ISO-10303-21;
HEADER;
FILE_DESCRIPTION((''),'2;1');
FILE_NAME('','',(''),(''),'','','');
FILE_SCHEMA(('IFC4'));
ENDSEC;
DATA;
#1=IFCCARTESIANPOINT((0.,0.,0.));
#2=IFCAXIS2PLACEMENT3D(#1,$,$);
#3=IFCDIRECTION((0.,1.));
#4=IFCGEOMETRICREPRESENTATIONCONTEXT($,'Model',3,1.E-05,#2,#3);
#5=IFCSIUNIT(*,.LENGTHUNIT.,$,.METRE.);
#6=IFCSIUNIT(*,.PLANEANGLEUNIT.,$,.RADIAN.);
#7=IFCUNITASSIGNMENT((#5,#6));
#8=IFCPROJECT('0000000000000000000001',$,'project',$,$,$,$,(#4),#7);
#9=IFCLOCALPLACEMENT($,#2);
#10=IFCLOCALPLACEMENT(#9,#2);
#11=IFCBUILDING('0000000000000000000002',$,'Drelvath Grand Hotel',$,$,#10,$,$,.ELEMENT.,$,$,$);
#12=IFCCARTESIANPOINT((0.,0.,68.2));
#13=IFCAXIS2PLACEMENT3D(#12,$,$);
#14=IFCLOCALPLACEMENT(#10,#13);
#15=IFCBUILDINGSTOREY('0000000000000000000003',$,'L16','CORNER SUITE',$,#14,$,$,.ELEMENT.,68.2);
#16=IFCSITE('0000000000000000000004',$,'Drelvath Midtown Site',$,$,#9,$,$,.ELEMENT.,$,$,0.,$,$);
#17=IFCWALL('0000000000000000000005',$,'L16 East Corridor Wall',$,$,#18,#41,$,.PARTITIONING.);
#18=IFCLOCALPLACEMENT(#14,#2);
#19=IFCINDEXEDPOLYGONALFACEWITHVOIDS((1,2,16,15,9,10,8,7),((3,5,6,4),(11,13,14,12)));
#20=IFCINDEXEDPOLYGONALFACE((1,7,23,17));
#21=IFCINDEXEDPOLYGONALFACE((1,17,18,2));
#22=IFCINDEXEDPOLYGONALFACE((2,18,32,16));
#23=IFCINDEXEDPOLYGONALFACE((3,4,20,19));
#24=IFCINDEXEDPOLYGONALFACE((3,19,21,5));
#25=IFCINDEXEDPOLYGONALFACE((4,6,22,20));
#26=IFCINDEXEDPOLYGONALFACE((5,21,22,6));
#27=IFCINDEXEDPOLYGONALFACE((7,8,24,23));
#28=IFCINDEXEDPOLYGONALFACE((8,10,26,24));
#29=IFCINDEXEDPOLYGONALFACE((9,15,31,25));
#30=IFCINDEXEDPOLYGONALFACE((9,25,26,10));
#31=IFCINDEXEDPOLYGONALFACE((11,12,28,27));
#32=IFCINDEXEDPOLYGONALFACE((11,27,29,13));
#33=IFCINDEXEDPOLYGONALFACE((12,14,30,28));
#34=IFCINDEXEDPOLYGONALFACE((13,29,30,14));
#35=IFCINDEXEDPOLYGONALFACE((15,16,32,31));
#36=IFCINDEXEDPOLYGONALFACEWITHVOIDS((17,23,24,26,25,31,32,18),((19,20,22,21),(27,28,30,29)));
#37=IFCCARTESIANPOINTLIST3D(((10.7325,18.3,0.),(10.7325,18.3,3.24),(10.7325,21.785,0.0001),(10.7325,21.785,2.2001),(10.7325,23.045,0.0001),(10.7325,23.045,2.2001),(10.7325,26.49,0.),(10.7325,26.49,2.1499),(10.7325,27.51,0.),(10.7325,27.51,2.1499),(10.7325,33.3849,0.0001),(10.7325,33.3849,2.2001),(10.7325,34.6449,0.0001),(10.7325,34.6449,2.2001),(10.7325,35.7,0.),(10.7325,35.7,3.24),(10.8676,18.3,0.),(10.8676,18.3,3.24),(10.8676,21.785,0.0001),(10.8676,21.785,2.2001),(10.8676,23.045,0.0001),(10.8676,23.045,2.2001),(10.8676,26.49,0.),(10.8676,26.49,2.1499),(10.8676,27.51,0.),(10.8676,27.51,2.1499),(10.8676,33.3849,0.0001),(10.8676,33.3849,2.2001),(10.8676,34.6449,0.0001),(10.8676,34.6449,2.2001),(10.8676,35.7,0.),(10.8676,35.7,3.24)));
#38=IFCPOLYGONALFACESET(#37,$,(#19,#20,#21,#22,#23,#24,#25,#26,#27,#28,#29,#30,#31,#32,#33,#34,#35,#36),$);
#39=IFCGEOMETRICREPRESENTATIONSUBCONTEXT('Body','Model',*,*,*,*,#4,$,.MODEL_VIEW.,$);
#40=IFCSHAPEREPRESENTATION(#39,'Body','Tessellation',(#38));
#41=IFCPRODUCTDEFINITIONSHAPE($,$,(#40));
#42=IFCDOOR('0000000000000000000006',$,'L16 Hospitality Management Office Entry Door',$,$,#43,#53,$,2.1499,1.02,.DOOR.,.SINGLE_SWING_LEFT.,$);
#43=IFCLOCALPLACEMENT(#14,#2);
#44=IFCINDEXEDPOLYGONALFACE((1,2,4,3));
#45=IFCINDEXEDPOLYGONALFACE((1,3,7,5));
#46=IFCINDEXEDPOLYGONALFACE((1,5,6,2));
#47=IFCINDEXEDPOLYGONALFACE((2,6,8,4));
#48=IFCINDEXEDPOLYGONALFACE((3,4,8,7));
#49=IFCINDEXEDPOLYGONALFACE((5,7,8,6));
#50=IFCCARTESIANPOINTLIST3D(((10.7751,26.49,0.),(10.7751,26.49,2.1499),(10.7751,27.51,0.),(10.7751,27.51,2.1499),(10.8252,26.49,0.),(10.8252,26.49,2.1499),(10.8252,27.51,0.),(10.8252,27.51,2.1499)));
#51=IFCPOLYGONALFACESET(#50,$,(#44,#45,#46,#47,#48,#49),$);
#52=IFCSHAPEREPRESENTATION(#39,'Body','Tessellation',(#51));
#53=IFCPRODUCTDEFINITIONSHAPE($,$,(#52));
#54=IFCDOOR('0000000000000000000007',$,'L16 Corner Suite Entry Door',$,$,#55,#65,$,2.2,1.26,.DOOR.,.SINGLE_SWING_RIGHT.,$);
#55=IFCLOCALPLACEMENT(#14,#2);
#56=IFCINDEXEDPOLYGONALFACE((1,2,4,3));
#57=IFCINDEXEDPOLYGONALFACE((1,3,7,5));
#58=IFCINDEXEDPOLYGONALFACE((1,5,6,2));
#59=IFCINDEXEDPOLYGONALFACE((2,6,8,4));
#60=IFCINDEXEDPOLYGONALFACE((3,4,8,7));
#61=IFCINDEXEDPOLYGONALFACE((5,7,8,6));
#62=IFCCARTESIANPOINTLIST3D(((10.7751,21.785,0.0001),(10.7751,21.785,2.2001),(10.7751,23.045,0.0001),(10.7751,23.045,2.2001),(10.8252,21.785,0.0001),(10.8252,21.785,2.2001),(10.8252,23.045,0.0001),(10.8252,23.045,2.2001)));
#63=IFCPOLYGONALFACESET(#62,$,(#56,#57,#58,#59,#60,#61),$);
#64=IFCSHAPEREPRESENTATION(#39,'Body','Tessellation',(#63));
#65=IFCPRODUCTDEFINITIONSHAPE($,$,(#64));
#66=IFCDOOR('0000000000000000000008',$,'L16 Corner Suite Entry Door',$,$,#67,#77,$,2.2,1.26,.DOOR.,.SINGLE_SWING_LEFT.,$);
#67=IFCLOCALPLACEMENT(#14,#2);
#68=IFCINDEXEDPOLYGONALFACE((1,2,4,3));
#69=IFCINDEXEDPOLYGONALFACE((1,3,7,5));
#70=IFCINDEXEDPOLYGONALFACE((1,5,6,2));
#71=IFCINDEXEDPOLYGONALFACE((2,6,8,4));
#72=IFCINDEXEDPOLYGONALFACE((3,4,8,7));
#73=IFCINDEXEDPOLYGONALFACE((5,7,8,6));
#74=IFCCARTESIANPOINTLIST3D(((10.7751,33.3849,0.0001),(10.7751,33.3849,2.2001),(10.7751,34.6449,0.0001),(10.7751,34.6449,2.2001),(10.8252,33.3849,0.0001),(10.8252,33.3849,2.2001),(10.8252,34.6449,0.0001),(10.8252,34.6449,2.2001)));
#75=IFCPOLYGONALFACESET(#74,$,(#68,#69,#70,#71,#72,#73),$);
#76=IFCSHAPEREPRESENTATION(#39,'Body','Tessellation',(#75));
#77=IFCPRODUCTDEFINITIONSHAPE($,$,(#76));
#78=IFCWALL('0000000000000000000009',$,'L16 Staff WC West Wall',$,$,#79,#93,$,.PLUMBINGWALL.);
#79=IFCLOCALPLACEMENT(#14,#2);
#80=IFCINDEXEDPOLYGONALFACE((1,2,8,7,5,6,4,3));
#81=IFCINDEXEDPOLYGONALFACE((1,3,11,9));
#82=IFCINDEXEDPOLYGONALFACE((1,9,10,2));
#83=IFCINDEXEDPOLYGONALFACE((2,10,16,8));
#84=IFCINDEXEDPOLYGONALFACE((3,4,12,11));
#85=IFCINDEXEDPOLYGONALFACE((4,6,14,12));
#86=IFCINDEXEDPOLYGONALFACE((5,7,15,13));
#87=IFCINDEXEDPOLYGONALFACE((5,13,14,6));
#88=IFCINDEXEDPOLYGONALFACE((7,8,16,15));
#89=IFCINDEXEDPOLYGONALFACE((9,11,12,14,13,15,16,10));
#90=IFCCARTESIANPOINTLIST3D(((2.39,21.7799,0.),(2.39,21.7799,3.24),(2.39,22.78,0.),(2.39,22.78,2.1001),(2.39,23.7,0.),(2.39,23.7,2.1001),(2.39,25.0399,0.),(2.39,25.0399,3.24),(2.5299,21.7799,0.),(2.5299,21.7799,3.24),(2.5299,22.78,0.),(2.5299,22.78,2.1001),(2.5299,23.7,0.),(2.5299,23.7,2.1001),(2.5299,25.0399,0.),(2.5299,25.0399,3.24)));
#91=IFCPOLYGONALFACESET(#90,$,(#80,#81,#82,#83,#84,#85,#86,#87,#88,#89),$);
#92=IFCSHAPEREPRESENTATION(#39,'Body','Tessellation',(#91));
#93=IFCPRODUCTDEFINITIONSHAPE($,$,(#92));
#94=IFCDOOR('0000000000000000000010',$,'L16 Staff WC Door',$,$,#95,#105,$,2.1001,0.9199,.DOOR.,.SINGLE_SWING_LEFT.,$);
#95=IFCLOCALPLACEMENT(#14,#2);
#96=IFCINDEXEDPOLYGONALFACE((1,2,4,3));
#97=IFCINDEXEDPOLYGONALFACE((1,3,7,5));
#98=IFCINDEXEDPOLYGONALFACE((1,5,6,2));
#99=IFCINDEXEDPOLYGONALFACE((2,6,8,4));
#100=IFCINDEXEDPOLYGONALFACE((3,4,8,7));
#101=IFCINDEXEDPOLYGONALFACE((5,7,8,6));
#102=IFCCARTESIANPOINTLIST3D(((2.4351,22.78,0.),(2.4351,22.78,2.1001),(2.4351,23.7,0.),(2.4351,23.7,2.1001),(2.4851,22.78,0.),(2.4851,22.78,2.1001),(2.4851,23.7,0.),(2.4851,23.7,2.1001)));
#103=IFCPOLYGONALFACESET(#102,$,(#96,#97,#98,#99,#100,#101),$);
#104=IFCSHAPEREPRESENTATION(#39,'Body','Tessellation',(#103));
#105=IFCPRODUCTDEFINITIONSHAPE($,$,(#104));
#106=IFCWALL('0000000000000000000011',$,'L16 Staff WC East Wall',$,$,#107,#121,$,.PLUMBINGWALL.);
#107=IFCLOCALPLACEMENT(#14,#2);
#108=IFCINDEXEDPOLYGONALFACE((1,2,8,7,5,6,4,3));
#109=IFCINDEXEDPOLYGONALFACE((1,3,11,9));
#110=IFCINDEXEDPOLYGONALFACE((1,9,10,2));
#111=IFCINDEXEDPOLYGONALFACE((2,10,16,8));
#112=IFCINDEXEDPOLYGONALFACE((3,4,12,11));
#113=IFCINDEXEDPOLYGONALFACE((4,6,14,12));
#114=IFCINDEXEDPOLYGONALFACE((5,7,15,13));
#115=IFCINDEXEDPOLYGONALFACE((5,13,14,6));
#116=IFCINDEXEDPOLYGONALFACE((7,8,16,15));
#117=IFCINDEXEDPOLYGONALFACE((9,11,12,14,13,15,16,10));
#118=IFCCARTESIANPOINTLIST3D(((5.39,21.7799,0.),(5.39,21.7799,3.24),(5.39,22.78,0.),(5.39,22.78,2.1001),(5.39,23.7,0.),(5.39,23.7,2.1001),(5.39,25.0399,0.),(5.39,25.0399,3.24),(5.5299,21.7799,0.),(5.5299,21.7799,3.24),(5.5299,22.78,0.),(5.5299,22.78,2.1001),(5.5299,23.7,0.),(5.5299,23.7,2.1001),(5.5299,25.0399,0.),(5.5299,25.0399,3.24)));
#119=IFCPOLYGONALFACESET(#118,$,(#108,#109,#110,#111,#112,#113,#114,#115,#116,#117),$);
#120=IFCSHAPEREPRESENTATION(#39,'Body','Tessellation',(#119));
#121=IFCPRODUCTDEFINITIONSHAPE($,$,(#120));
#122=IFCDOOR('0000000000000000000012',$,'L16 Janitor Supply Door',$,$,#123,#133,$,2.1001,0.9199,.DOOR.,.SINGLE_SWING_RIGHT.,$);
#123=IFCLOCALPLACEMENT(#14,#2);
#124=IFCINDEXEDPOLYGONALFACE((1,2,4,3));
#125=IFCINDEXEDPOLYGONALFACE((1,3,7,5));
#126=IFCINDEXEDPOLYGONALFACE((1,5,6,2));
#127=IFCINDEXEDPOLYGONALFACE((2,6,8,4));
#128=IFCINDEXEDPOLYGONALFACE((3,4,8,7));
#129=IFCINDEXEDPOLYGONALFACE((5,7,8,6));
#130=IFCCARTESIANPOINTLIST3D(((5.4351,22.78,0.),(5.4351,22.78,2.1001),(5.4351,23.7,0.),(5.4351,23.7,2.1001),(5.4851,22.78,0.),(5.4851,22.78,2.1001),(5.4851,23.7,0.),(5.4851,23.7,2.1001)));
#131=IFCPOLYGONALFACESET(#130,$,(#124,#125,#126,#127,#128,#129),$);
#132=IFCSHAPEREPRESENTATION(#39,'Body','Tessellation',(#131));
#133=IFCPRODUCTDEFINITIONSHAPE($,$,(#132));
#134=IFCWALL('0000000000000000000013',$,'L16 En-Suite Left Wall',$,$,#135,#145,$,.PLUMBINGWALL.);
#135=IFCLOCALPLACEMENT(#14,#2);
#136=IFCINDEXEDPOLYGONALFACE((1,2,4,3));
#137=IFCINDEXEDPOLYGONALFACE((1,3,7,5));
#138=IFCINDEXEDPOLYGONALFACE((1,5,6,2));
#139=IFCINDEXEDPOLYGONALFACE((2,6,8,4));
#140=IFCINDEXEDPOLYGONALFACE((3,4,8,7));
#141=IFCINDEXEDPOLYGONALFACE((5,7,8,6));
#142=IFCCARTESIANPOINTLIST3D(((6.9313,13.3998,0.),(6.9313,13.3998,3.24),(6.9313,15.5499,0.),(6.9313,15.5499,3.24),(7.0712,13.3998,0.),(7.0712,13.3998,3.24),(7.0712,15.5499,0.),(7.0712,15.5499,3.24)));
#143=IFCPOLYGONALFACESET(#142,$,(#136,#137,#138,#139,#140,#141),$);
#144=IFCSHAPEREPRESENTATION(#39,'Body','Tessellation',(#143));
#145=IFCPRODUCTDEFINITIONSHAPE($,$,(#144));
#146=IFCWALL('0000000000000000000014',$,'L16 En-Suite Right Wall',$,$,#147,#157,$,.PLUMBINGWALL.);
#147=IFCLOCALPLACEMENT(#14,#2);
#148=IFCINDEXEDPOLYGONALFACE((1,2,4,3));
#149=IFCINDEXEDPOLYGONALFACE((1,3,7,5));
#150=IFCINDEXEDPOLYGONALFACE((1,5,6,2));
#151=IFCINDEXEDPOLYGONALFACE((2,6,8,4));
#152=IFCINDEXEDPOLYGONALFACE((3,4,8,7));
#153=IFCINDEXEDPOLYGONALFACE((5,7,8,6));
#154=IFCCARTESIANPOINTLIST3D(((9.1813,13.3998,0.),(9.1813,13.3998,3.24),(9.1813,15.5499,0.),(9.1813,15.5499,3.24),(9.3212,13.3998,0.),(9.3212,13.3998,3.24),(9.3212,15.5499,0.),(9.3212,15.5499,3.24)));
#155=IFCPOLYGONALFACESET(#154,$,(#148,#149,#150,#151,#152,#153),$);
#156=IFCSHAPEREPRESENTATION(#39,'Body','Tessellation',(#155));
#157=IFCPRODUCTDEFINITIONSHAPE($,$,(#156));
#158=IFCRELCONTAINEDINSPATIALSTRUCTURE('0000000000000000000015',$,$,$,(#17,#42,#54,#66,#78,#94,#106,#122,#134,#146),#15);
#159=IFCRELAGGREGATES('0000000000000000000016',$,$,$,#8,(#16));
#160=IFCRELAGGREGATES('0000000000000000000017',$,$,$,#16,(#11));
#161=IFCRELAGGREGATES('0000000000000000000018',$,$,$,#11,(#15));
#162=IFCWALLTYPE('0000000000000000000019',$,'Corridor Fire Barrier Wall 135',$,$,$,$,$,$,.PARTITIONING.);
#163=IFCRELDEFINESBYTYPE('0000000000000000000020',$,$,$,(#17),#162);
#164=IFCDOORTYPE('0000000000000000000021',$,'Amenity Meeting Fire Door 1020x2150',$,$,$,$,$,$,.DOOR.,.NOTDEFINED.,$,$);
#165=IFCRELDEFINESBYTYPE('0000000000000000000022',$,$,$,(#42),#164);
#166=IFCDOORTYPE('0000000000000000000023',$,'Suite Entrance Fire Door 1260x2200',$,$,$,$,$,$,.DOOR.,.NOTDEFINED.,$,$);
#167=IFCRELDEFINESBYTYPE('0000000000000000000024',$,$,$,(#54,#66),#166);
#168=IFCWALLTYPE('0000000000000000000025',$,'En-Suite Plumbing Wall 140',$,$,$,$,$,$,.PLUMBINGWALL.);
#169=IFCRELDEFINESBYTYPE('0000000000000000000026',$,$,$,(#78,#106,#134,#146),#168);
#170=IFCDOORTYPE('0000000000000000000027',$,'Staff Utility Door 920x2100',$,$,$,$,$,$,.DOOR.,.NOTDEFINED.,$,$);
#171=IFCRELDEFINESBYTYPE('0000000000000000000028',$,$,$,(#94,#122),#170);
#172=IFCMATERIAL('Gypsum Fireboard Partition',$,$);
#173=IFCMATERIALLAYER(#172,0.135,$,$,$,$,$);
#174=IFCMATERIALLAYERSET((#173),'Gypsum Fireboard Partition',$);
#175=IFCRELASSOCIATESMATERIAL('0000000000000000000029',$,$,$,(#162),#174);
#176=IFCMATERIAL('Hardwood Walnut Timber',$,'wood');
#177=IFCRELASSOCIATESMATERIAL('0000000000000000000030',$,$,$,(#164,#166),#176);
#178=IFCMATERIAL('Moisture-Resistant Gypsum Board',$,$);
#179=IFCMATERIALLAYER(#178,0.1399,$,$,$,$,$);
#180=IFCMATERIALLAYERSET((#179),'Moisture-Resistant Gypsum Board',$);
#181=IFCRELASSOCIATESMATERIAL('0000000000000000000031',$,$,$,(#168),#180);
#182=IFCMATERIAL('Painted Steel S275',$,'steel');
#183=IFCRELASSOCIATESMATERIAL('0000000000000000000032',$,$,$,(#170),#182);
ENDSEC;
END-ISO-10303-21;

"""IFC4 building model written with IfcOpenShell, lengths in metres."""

from ifc_helpers import new_model, si_unit, direction, frame, frame_2d, origin, place, context, subcontext, project, spatial, rectangle, extrude, material, layer, layer_set, type_object, element, fill, save


model = new_model("IFC4")

# Units and contexts
model_context = context("Model", 3, precision=1e-05, world=origin(), true_north=direction((0.0, 1.0)))
body_context = subcontext(model_context, "Body", "Model", "MODEL_VIEW")
ifc_project = project(units=[si_unit("LENGTHUNIT", "METRE"), si_unit("PLANEANGLEUNIT", "RADIAN")], contexts=[model_context])

# Site, building, storey
site_placement = place(None, origin())
site = spatial("IfcSite", under=ifc_project, at=site_placement, Name="Drelvath Midtown Site", CompositionType="ELEMENT", RefElevation=0.0)
building_placement = place(site_placement, origin())
building = spatial("IfcBuilding", under=site, at=building_placement, Name="Drelvath Grand Hotel", CompositionType="ELEMENT")
storey_placement = place(building_placement, frame((0.0, 0.0, 68.2)))
storey = spatial("IfcBuildingStorey", under=building, at=storey_placement, Name="L16", Description="CORNER SUITE", CompositionType="ELEMENT", Elevation=68.2)

# Shared definitions
ifc_material_1 = material(Name="Gypsum Fireboard Partition")
ifc_layer_1 = layer(ifc_material_1, 0.135)
ifc_layer_set_1 = layer_set([ifc_layer_1], Name="Gypsum Fireboard Partition")
wall_type_1 = type_object("IfcWallType", Name="Corridor Fire Barrier Wall 135", PredefinedType="PARTITIONING", material=ifc_layer_set_1)

# Wall, openings, doors
wall_1_placement = place(storey_placement, frame((10.8, 18.3, 0.0), z_axis=(0.0, 0.0, 1.0), x_axis=(0.0, 1.0, 0.0)))
wall_1 = element("IfcWall", 1, at=wall_1_placement, inside=storey, type_object=wall_type_1, Name="L16 East Corridor Wall", PredefinedType="PARTITIONING", context=body_context, shape_type="SweptSolid", body=[
    extrude(rectangle(XDim=17.3999, YDim=0.135, at=frame_2d((8.7, 0.0))), origin(), (0.0, 0.0, 1.0), 3.24),
])
opening_1_placement = place(wall_1_placement, frame((3.4851, 0.0, 0.0)))
opening_1 = element("IfcOpeningElement", 2, at=opening_1_placement, cuts=wall_1, PredefinedType="OPENING", context=body_context, shape_type="SweptSolid", body=[
    extrude(rectangle(XDim=1.26, YDim=2.2, at=frame_2d((0.6299, 1.1001))), frame((0.0, 0.0774, 0.0), z_axis=(0.0, -1.0, 0.0), x_axis=(1.0, 0.0, 0.0)), (0.0, 0.0, 1.0), 0.155),
])
opening_2_placement = place(wall_1_placement, frame((8.1899, 0.0, 0.0)))
opening_2 = element("IfcOpeningElement", 3, at=opening_2_placement, cuts=wall_1, PredefinedType="OPENING", context=body_context, shape_type="SweptSolid", body=[
    extrude(rectangle(XDim=1.02, YDim=2.1499, at=frame_2d((0.51, 1.075))), frame((0.0, 0.0774, 0.0), z_axis=(0.0, -1.0, 0.0), x_axis=(1.0, 0.0, 0.0)), (0.0, 0.0, 1.0), 0.155),
])
opening_3_placement = place(wall_1_placement, frame((15.085, 0.0, 0.0)))
opening_3 = element("IfcOpeningElement", 4, at=opening_3_placement, cuts=wall_1, PredefinedType="OPENING", context=body_context, shape_type="SweptSolid", body=[
    extrude(rectangle(XDim=1.26, YDim=2.2, at=frame_2d((0.6299, 1.1001))), frame((0.0, 0.0774, 0.0), z_axis=(0.0, -1.0, 0.0), x_axis=(1.0, 0.0, 0.0)), (0.0, 0.0, 1.0), 0.155),
])
ifc_material_2 = material(Name="Hardwood Walnut Timber", Category="wood")
door_type_1 = type_object("IfcDoorType", Name="Amenity Meeting Fire Door 1020x2150", OperationType="NOTDEFINED", PredefinedType="DOOR", material=ifc_material_2)
door_1_placement = place(opening_2_placement, origin())
door_1 = element("IfcDoor", 5, at=door_1_placement, inside=storey, type_object=door_type_1, Name="L16 Hospitality Management Office Entry Door", OperationType="SINGLE_SWING_LEFT", OverallHeight=2.1499, OverallWidth=1.02, PredefinedType="DOOR", context=body_context, shape_type="SweptSolid", body=[
    extrude(rectangle(XDim=1.02, YDim=2.1499, at=frame_2d((0.51, 1.075))), frame((0.0, 0.0249, 0.0), z_axis=(0.0, -1.0, 0.0), x_axis=(1.0, 0.0, 0.0)), (0.0, 0.0, 1.0), 0.05),
])
fill(opening_2, door_1)
door_type_2 = type_object("IfcDoorType", Name="Suite Entrance Fire Door 1260x2200", OperationType="NOTDEFINED", PredefinedType="DOOR", material=ifc_material_2)
door_2_placement = place(opening_1_placement, origin())
door_2 = element("IfcDoor", 6, at=door_2_placement, inside=storey, type_object=door_type_2, Name="L16 Corner Suite Entry Door", OperationType="SINGLE_SWING_RIGHT", OverallHeight=2.2, OverallWidth=1.26, PredefinedType="DOOR", context=body_context, shape_type="SweptSolid", body=[
    extrude(rectangle(XDim=1.26, YDim=2.2, at=frame_2d((0.6299, 1.1001))), frame((0.0, 0.0249, 0.0), z_axis=(0.0, -1.0, 0.0), x_axis=(1.0, 0.0, 0.0)), (0.0, 0.0, 1.0), 0.05),
])
fill(opening_1, door_2)
door_3_placement = place(opening_3_placement, origin())
door_3 = element("IfcDoor", 7, at=door_3_placement, inside=storey, type_object=door_type_2, Name="L16 Corner Suite Entry Door", OperationType="SINGLE_SWING_LEFT", OverallHeight=2.2, OverallWidth=1.26, PredefinedType="DOOR", context=body_context, shape_type="SweptSolid", body=[
    extrude(rectangle(XDim=1.26, YDim=2.2, at=frame_2d((0.6299, 1.1001))), frame((0.0, 0.0249, 0.0), z_axis=(0.0, -1.0, 0.0), x_axis=(1.0, 0.0, 0.0)), (0.0, 0.0, 1.0), 0.05),
])
fill(opening_3, door_3)

# Walls, openings, doors
ifc_material_3 = material(Name="Moisture-Resistant Gypsum Board")
ifc_layer_2 = layer(ifc_material_3, 0.1399)
ifc_layer_set_2 = layer_set([ifc_layer_2], Name="Moisture-Resistant Gypsum Board")
wall_type_2 = type_object("IfcWallType", Name="En-Suite Plumbing Wall 140", PredefinedType="PLUMBINGWALL", material=ifc_layer_set_2)
wall_2_placement = place(storey_placement, frame((2.46, 21.78, 0.0), z_axis=(0.0, 0.0, 1.0), x_axis=(0.0, 1.0, 0.0)))
wall_2 = element("IfcWall", 8, at=wall_2_placement, inside=storey, type_object=wall_type_2, Name="L16 Staff WC West Wall", PredefinedType="PLUMBINGWALL", context=body_context, shape_type="SweptSolid", body=[
    extrude(rectangle(XDim=3.26, YDim=0.1399, at=frame_2d((1.6299, 0.0))), origin(), (0.0, 0.0, 1.0), 3.24),
])
opening_4_placement = place(wall_2_placement, frame((1.0, 0.0, 0.0)))
opening_4 = element("IfcOpeningElement", 9, at=opening_4_placement, cuts=wall_2, PredefinedType="OPENING", context=body_context, shape_type="SweptSolid", body=[
    extrude(rectangle(XDim=0.9199, YDim=2.1001, at=frame_2d((0.46, 1.05))), frame((0.0, 0.0798, 0.0), z_axis=(0.0, -1.0, 0.0), x_axis=(1.0, 0.0, 0.0)), (0.0, 0.0, 1.0), 0.1599),
])
ifc_material_4 = material(Name="Painted Steel S275", Category="steel")
door_type_3 = type_object("IfcDoorType", Name="Staff Utility Door 920x2100", OperationType="NOTDEFINED", PredefinedType="DOOR", material=ifc_material_4)
door_4_placement = place(opening_4_placement, origin())
door_4 = element("IfcDoor", 10, at=door_4_placement, inside=storey, type_object=door_type_3, Name="L16 Staff WC Door", OperationType="SINGLE_SWING_LEFT", OverallHeight=2.1001, OverallWidth=0.9199, PredefinedType="DOOR", context=body_context, shape_type="SweptSolid", body=[
    extrude(rectangle(XDim=0.9199, YDim=2.1001, at=frame_2d((0.46, 1.05))), frame((0.0, 0.0249, 0.0), z_axis=(0.0, -1.0, 0.0), x_axis=(1.0, 0.0, 0.0)), (0.0, 0.0, 1.0), 0.05),
])
fill(opening_4, door_4)
wall_3_placement = place(storey_placement, frame((5.46, 21.78, 0.0), z_axis=(0.0, 0.0, 1.0), x_axis=(0.0, 1.0, 0.0)))
wall_3 = element("IfcWall", 11, at=wall_3_placement, inside=storey, type_object=wall_type_2, Name="L16 Staff WC East Wall", PredefinedType="PLUMBINGWALL", context=body_context, shape_type="SweptSolid", body=[
    extrude(rectangle(XDim=3.26, YDim=0.1399, at=frame_2d((1.6299, 0.0))), origin(), (0.0, 0.0, 1.0), 3.24),
])
opening_5_placement = place(wall_3_placement, frame((1.0, 0.0, 0.0)))
opening_5 = element("IfcOpeningElement", 12, at=opening_5_placement, cuts=wall_3, PredefinedType="OPENING", context=body_context, shape_type="SweptSolid", body=[
    extrude(rectangle(XDim=0.9199, YDim=2.1001, at=frame_2d((0.46, 1.05))), frame((0.0, 0.0798, 0.0), z_axis=(0.0, -1.0, 0.0), x_axis=(1.0, 0.0, 0.0)), (0.0, 0.0, 1.0), 0.1599),
])
door_5_placement = place(opening_5_placement, origin())
door_5 = element("IfcDoor", 13, at=door_5_placement, inside=storey, type_object=door_type_3, Name="L16 Janitor Supply Door", OperationType="SINGLE_SWING_RIGHT", OverallHeight=2.1001, OverallWidth=0.9199, PredefinedType="DOOR", context=body_context, shape_type="SweptSolid", body=[
    extrude(rectangle(XDim=0.9199, YDim=2.1001, at=frame_2d((0.46, 1.05))), frame((0.0, 0.0249, 0.0), z_axis=(0.0, -1.0, 0.0), x_axis=(1.0, 0.0, 0.0)), (0.0, 0.0, 1.0), 0.05),
])
fill(opening_5, door_5)

# Walls
for number, where, z_axis, x_axis, name in (
    (14, (7.0012, 15.55, 0.0), (0.0, 0.0, 1.0), (0.0, -1.0, 0.0), "L16 En-Suite Left Wall"),
    (15, (9.2512, 15.55, 0.0), (0.0, 0.0, 1.0), (0.0, -1.0, 0.0), "L16 En-Suite Right Wall"),
):
    element("IfcWall", number, at=place(storey_placement, frame(where, z_axis=z_axis, x_axis=x_axis)), inside=storey, type_object=wall_type_2, Name=name, PredefinedType="PLUMBINGWALL", context=body_context, shape_type="SweptSolid", body=[
        extrude(rectangle(XDim=2.1501, YDim=0.1399, at=frame_2d((1.0752, 0.0))), origin(), (0.0, 0.0, 1.0), 3.24),
    ])

save(model, "model.ifc")
